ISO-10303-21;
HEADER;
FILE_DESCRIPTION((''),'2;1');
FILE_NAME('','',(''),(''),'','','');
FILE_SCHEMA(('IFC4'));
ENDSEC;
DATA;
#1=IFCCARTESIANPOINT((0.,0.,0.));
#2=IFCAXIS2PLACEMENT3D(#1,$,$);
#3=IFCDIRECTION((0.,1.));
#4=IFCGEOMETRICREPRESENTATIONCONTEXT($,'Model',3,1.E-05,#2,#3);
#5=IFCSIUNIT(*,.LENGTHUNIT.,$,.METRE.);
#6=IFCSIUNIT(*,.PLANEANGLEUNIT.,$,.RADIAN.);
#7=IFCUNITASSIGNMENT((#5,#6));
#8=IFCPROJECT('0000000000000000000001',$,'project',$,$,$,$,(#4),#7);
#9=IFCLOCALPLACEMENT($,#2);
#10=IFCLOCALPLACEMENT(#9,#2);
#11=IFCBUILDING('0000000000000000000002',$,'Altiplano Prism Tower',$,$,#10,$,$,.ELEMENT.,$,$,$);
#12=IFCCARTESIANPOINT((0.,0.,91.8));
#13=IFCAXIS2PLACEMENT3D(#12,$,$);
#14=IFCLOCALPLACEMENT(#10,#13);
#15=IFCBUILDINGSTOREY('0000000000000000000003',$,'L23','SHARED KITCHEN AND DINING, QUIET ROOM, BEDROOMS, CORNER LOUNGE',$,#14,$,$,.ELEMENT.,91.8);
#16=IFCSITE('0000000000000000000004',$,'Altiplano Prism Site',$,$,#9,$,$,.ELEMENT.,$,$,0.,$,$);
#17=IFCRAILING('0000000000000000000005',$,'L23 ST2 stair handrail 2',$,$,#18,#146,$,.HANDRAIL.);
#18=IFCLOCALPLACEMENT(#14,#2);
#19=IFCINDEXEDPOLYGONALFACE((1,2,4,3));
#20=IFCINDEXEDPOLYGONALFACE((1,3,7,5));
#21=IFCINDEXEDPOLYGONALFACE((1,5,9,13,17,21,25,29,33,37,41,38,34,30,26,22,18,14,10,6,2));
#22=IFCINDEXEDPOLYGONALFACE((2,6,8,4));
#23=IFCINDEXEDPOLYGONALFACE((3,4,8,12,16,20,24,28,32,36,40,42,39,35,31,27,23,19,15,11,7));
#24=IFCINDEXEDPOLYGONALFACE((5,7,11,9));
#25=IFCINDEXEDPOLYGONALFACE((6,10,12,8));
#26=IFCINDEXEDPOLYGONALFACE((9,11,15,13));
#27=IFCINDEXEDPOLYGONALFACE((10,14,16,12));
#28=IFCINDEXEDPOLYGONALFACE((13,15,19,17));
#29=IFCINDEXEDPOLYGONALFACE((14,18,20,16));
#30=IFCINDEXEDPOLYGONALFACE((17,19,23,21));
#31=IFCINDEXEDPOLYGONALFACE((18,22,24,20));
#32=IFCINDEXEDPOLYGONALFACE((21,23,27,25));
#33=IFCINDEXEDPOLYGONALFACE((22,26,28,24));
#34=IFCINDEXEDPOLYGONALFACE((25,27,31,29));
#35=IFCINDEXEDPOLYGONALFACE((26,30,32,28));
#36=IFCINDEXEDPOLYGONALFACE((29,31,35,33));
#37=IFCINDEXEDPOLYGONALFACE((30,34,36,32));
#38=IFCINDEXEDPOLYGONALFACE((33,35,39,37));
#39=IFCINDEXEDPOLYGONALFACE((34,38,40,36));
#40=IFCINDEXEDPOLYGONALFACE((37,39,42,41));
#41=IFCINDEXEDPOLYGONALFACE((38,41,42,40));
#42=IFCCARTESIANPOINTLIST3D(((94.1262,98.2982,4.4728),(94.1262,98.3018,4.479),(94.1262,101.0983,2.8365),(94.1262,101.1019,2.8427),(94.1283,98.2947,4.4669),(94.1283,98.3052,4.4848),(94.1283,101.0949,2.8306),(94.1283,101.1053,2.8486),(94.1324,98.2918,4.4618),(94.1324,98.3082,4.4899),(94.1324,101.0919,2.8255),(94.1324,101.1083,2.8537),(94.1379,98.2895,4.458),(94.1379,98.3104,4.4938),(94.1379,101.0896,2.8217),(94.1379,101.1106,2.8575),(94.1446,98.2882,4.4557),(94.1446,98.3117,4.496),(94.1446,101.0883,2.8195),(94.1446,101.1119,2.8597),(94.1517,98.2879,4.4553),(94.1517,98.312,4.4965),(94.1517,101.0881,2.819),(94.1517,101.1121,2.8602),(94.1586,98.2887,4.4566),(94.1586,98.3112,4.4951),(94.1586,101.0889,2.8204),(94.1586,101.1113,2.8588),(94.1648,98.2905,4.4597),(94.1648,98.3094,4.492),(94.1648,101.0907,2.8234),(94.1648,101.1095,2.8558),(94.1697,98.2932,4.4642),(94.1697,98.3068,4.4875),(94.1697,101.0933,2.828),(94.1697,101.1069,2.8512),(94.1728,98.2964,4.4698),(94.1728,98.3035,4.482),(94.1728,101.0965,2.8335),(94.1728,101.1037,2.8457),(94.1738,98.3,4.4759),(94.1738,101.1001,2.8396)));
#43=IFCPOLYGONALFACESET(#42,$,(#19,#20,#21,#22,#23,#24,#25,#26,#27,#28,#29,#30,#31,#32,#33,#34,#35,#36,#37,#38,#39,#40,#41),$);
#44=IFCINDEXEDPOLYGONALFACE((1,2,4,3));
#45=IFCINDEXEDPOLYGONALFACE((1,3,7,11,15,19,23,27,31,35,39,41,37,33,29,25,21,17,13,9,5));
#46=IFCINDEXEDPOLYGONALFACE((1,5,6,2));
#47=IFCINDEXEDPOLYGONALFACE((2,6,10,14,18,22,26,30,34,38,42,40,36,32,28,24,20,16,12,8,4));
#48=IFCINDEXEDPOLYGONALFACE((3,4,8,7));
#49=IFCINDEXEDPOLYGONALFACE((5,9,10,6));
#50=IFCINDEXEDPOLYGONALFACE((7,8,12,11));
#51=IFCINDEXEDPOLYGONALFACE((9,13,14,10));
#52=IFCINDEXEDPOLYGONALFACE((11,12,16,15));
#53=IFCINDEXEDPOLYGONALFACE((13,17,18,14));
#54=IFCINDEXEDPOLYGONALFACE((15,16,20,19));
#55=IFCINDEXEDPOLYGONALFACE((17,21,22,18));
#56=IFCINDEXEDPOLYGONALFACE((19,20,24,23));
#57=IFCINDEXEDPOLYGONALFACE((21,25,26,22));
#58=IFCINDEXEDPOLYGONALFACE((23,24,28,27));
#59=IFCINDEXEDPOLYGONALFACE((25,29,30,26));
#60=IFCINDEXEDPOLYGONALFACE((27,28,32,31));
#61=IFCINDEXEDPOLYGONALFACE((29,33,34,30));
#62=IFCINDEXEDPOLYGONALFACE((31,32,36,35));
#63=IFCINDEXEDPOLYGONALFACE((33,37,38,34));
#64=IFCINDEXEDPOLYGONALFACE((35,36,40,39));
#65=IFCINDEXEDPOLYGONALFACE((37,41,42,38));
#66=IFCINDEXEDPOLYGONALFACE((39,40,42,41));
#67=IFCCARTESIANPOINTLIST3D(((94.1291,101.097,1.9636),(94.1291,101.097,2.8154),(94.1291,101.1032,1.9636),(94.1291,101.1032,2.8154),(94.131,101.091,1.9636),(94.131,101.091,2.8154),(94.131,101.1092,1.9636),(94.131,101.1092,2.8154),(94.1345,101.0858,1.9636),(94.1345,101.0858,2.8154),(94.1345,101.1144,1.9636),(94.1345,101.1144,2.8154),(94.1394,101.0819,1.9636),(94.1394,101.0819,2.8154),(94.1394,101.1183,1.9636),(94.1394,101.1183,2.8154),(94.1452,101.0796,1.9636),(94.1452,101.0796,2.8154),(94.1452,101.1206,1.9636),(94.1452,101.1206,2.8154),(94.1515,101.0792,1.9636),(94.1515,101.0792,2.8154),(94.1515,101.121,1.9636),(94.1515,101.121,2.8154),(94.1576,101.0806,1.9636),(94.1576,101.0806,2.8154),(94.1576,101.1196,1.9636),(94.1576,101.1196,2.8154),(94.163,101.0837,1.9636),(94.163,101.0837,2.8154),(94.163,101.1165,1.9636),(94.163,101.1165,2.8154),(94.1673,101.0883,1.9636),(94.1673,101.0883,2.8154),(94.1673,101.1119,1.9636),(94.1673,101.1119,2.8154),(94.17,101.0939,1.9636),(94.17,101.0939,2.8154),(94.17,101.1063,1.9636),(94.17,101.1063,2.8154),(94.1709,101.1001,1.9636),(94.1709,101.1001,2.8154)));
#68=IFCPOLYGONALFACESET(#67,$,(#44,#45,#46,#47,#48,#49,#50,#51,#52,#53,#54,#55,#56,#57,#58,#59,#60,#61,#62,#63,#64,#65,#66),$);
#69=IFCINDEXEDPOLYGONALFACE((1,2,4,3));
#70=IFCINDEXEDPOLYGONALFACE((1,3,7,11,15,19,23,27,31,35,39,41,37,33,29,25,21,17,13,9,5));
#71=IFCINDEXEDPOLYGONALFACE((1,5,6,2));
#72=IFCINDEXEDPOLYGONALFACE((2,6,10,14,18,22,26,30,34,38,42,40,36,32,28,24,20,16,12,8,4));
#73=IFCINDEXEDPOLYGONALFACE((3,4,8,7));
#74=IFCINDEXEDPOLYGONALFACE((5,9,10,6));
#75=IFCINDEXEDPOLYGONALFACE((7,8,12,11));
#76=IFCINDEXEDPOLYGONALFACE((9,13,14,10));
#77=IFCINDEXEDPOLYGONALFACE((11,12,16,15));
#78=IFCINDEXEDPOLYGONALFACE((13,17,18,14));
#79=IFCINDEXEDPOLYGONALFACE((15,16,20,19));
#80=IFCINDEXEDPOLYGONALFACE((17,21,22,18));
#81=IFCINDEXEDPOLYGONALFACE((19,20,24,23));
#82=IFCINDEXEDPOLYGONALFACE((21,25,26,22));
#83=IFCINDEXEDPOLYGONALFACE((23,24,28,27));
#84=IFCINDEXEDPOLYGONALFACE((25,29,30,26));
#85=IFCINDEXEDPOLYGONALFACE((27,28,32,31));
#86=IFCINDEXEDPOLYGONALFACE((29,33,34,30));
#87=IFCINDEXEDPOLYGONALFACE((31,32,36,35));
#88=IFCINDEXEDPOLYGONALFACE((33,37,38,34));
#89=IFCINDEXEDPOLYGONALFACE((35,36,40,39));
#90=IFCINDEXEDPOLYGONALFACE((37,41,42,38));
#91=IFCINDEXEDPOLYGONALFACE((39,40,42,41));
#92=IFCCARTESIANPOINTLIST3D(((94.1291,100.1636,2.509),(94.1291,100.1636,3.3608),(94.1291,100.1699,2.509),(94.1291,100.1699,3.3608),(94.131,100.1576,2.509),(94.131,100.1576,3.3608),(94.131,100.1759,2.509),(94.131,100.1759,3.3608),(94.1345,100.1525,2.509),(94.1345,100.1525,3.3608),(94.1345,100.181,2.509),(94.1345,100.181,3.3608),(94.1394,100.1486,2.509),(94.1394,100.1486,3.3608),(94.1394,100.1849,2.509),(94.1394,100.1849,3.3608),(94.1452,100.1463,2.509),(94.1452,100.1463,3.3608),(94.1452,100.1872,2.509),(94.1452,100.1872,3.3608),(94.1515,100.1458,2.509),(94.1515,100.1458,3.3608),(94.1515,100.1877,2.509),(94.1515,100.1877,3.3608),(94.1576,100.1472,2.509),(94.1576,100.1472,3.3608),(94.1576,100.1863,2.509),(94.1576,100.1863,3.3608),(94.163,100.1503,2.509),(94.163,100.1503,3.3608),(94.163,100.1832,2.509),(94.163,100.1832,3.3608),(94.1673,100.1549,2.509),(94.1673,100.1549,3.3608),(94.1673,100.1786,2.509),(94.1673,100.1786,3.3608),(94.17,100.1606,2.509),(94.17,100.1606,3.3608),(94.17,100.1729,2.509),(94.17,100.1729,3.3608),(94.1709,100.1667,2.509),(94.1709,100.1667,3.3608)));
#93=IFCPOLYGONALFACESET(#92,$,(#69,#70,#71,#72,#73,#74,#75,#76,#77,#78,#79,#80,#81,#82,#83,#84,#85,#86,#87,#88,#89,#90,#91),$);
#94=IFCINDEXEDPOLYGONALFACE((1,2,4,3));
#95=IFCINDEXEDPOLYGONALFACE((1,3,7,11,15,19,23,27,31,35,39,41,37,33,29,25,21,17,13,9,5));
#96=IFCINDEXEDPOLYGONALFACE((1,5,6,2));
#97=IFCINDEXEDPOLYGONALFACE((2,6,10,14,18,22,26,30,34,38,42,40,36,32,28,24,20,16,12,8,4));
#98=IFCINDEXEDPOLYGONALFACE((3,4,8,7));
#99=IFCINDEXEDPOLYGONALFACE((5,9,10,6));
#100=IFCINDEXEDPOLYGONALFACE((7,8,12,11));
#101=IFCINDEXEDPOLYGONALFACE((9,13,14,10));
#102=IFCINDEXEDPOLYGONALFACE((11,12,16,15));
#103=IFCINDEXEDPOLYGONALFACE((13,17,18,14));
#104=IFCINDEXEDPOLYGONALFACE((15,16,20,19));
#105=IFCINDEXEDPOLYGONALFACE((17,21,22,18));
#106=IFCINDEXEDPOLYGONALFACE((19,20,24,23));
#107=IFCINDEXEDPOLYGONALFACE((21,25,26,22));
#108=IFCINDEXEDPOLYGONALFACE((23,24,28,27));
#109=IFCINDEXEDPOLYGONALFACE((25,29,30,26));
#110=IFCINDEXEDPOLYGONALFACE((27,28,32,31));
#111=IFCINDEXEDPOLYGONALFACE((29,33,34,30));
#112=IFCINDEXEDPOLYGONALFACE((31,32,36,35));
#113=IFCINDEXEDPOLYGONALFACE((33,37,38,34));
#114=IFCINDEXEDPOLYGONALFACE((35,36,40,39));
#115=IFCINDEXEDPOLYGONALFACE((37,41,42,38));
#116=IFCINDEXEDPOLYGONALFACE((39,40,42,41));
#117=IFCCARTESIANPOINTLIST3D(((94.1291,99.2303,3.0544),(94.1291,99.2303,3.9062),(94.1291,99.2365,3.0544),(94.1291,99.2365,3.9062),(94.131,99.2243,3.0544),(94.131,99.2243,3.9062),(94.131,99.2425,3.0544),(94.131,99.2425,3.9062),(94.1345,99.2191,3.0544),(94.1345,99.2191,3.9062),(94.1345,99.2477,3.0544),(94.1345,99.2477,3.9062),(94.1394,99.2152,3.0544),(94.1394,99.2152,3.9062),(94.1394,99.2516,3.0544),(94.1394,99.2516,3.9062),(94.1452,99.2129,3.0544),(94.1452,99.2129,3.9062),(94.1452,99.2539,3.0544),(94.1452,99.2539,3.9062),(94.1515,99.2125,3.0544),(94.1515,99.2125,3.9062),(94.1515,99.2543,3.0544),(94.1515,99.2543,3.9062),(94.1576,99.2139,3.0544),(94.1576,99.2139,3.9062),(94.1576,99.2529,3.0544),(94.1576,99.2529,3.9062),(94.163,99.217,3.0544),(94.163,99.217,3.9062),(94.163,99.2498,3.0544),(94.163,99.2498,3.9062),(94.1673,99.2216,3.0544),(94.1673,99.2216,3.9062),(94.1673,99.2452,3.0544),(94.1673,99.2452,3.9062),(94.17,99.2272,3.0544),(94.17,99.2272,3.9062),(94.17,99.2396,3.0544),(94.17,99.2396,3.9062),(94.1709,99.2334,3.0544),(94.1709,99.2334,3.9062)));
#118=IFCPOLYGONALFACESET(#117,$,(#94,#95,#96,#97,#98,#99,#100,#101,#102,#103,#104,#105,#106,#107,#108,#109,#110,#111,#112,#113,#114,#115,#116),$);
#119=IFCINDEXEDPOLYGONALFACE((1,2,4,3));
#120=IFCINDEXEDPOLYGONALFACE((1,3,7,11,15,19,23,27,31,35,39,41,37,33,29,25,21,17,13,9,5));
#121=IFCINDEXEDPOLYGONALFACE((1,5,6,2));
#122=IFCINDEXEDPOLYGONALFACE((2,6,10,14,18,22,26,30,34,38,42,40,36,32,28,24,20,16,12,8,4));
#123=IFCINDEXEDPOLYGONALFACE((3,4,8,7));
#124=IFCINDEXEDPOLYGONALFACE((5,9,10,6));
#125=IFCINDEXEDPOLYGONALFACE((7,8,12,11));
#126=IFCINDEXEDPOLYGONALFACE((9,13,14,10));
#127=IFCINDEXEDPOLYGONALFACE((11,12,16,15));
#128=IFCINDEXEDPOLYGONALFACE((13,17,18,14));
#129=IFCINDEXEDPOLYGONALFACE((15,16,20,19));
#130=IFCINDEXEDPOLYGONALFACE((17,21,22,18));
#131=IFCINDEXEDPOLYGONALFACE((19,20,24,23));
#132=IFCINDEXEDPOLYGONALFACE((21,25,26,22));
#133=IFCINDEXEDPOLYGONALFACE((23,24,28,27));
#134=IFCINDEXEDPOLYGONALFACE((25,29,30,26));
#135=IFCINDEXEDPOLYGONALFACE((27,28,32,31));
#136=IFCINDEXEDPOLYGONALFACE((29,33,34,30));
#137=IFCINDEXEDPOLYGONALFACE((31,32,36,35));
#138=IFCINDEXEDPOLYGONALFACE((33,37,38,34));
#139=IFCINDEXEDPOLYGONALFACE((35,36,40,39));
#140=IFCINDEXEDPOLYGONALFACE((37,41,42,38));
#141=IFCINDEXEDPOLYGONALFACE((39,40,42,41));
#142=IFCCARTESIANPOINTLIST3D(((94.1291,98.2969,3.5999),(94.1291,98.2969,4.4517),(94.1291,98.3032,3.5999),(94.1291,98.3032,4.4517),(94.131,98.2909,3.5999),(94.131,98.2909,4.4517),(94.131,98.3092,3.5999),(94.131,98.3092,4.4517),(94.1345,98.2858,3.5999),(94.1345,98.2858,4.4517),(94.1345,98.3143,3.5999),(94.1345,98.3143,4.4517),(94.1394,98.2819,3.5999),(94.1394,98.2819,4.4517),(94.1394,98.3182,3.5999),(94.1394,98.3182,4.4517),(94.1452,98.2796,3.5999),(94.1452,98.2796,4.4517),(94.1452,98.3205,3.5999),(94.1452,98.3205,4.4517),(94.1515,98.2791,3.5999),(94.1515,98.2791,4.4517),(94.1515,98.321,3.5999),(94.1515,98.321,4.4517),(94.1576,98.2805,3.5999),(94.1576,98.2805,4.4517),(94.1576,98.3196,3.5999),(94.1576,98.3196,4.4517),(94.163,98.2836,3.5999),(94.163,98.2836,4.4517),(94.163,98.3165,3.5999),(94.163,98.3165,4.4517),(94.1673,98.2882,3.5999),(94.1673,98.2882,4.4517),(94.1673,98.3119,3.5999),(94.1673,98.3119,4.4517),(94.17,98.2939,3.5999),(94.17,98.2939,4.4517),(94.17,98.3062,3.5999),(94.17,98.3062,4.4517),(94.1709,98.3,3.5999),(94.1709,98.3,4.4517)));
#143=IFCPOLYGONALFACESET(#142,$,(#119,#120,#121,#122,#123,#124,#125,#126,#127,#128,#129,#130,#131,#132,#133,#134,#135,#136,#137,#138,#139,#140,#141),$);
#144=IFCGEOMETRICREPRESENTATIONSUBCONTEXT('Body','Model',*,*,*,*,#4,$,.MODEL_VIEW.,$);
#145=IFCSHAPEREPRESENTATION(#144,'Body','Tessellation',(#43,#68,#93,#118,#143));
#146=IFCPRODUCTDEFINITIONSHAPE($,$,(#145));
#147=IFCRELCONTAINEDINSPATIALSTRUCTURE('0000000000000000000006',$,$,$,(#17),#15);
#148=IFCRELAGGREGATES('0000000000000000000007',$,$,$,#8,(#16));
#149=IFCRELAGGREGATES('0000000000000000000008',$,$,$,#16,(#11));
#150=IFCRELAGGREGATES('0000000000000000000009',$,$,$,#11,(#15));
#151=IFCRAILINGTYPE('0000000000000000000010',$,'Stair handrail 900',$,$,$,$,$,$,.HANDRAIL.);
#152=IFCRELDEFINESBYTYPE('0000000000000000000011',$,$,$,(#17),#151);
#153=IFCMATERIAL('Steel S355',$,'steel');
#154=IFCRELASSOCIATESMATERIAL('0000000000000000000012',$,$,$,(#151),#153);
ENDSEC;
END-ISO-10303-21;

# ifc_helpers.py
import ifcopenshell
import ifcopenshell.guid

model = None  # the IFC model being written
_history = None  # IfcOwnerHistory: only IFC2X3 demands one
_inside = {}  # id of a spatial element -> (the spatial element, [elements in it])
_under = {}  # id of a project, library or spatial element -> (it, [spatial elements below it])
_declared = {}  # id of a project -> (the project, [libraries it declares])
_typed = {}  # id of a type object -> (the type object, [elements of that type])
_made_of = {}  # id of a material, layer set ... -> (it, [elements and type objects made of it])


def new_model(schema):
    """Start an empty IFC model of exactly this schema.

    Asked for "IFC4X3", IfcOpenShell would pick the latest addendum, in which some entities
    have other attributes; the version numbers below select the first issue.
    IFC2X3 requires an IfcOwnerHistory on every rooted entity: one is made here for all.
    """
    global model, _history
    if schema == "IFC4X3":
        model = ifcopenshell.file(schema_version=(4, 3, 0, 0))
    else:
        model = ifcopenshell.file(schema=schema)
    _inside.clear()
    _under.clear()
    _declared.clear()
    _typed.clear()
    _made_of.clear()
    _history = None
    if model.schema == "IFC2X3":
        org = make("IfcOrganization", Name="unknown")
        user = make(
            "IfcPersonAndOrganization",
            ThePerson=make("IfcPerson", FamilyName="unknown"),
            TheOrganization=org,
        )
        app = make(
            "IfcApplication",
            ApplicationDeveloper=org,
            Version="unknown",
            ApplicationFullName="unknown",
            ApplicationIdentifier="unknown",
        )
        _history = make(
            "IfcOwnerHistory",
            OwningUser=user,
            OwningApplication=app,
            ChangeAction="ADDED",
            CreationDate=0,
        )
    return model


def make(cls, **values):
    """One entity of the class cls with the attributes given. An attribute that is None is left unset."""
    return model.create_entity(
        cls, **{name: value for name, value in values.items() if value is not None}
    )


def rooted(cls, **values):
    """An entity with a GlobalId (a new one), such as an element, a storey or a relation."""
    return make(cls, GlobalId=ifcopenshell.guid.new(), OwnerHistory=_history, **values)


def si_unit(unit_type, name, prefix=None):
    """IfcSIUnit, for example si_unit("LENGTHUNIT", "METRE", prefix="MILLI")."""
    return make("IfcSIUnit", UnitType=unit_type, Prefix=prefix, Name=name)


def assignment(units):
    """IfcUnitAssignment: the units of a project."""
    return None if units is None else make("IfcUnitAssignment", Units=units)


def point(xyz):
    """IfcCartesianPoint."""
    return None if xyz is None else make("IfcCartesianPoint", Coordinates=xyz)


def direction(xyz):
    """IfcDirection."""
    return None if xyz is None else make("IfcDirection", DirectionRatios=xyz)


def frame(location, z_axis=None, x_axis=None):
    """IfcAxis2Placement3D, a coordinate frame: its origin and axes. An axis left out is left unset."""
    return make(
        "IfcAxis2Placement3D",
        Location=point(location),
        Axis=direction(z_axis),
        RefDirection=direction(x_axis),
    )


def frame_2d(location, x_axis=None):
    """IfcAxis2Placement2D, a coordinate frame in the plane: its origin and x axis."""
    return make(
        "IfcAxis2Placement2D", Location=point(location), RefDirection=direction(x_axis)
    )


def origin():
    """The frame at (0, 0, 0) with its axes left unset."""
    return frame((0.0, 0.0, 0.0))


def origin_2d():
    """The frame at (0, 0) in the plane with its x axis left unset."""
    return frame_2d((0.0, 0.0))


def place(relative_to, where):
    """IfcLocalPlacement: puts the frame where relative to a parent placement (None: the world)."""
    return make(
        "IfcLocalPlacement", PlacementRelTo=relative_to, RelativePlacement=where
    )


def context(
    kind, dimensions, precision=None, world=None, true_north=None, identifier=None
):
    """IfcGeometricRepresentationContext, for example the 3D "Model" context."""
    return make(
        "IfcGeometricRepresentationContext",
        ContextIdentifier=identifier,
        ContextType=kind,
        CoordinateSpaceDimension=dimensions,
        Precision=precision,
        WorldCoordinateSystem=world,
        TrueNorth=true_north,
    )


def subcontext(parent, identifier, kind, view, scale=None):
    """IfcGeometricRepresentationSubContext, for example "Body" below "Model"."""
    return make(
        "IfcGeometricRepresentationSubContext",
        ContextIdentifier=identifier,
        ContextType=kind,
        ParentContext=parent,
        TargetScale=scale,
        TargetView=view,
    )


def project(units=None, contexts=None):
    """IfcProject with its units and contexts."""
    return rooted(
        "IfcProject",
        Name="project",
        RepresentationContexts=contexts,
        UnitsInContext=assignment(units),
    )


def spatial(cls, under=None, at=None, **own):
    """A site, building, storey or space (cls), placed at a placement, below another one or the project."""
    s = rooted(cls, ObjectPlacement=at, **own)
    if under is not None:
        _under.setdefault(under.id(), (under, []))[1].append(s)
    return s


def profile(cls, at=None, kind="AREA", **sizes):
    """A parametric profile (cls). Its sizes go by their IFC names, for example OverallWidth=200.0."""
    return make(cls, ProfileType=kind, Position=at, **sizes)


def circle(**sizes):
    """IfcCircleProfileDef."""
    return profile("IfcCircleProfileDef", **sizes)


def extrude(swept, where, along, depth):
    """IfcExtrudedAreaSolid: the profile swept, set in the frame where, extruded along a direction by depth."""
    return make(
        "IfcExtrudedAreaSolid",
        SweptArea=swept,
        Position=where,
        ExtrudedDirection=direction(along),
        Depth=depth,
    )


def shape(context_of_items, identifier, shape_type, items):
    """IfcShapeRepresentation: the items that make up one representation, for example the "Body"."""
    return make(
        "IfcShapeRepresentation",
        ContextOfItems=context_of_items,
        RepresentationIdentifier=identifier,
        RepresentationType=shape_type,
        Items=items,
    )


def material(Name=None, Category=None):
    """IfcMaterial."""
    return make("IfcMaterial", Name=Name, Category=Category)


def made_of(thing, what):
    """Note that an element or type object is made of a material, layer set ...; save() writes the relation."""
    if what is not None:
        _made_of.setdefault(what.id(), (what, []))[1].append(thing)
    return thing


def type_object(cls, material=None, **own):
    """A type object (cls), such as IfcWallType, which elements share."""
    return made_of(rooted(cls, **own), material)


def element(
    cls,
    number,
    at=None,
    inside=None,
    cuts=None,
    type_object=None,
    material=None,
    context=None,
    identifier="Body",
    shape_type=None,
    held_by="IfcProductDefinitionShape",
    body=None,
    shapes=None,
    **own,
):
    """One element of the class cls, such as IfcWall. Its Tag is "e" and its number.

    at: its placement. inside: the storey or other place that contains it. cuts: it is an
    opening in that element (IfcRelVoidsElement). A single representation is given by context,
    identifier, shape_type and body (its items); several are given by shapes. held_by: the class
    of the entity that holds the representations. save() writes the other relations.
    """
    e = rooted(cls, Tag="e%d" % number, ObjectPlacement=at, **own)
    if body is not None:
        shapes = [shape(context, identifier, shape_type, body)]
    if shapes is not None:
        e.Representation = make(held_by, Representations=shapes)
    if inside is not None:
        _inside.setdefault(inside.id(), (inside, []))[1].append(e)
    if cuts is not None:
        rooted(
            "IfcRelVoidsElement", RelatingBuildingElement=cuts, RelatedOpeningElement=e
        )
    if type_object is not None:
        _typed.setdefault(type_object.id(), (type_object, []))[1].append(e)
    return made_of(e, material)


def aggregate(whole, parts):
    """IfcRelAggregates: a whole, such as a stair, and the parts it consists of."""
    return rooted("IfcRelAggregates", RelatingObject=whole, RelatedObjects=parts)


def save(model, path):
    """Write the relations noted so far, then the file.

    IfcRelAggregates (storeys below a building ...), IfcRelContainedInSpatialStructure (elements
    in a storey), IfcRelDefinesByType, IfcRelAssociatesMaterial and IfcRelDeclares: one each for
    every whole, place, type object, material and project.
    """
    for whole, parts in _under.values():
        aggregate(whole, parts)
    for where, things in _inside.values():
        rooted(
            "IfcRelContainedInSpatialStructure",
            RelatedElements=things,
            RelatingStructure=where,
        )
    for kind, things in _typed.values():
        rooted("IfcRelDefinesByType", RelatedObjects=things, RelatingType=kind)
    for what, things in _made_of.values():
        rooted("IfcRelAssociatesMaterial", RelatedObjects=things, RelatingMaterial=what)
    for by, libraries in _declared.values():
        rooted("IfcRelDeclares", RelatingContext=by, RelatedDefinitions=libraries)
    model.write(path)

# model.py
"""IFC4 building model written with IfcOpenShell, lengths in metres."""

from ifc_helpers import new_model, si_unit, direction, frame, origin, origin_2d, place, context, subcontext, project, spatial, circle, extrude, material, type_object, element, save


model = new_model("IFC4")

# Units and contexts
model_context = context("Model", 3, precision=1e-05, world=origin(), true_north=direction((0.0, 1.0)))
body_context = subcontext(model_context, "Body", "Model", "MODEL_VIEW")
ifc_project = project(units=[si_unit("LENGTHUNIT", "METRE"), si_unit("PLANEANGLEUNIT", "RADIAN")], contexts=[model_context])

# Site, building, storey
site_placement = place(None, origin())
site = spatial("IfcSite", under=ifc_project, at=site_placement, Name="Altiplano Prism Site", CompositionType="ELEMENT", RefElevation=0.0)
building_placement = place(site_placement, origin())
building = spatial("IfcBuilding", under=site, at=building_placement, Name="Altiplano Prism Tower", CompositionType="ELEMENT")
storey_placement = place(building_placement, frame((0.0, 0.0, 91.8)))
storey = spatial("IfcBuildingStorey", under=building, at=storey_placement, Name="L23", Description="SHARED KITCHEN AND DINING, QUIET ROOM, BEDROOMS, CORNER LOUNGE", CompositionType="ELEMENT", Elevation=91.8)

# Railing
ifc_material_1 = material(Name="Steel S355", Category="steel")
railing_type_1 = type_object("IfcRailingType", Name="Stair handrail 900", PredefinedType="HANDRAIL", material=ifc_material_1)
railing_1_placement = place(storey_placement, frame((94.1499, 101.1001, 1.9636)))
element("IfcRailing", 1, at=railing_1_placement, inside=storey, type_object=railing_type_1, Name="L23 ST2 stair handrail 2", PredefinedType="HANDRAIL", context=body_context, shape_type="SweptSolid", body=[
    extrude(circle(Radius=0.0239, at=origin_2d()), frame((0.0, 0.0, 0.876), z_axis=(0.0, -0.863394, 0.504531), x_axis=(1.0, 0.0, 0.0)), (0.0, 0.0, 1.0), 3.2432),
    extrude(circle(Radius=0.021, at=origin_2d()), origin(), (0.0, 0.0, 1.0), 0.8518),
    extrude(circle(Radius=0.021, at=origin_2d()), frame((0.0, -0.9333, 0.5454)), (0.0, 0.0, 1.0), 0.8518),
    extrude(circle(Radius=0.021, at=origin_2d()), frame((0.0, -1.8667, 1.0908)), (0.0, 0.0, 1.0), 0.8518),
    extrude(circle(Radius=0.021, at=origin_2d()), frame((0.0, -2.8, 1.6362)), (0.0, 0.0, 1.0), 0.8518),
])

save(model, "model.ifc")
